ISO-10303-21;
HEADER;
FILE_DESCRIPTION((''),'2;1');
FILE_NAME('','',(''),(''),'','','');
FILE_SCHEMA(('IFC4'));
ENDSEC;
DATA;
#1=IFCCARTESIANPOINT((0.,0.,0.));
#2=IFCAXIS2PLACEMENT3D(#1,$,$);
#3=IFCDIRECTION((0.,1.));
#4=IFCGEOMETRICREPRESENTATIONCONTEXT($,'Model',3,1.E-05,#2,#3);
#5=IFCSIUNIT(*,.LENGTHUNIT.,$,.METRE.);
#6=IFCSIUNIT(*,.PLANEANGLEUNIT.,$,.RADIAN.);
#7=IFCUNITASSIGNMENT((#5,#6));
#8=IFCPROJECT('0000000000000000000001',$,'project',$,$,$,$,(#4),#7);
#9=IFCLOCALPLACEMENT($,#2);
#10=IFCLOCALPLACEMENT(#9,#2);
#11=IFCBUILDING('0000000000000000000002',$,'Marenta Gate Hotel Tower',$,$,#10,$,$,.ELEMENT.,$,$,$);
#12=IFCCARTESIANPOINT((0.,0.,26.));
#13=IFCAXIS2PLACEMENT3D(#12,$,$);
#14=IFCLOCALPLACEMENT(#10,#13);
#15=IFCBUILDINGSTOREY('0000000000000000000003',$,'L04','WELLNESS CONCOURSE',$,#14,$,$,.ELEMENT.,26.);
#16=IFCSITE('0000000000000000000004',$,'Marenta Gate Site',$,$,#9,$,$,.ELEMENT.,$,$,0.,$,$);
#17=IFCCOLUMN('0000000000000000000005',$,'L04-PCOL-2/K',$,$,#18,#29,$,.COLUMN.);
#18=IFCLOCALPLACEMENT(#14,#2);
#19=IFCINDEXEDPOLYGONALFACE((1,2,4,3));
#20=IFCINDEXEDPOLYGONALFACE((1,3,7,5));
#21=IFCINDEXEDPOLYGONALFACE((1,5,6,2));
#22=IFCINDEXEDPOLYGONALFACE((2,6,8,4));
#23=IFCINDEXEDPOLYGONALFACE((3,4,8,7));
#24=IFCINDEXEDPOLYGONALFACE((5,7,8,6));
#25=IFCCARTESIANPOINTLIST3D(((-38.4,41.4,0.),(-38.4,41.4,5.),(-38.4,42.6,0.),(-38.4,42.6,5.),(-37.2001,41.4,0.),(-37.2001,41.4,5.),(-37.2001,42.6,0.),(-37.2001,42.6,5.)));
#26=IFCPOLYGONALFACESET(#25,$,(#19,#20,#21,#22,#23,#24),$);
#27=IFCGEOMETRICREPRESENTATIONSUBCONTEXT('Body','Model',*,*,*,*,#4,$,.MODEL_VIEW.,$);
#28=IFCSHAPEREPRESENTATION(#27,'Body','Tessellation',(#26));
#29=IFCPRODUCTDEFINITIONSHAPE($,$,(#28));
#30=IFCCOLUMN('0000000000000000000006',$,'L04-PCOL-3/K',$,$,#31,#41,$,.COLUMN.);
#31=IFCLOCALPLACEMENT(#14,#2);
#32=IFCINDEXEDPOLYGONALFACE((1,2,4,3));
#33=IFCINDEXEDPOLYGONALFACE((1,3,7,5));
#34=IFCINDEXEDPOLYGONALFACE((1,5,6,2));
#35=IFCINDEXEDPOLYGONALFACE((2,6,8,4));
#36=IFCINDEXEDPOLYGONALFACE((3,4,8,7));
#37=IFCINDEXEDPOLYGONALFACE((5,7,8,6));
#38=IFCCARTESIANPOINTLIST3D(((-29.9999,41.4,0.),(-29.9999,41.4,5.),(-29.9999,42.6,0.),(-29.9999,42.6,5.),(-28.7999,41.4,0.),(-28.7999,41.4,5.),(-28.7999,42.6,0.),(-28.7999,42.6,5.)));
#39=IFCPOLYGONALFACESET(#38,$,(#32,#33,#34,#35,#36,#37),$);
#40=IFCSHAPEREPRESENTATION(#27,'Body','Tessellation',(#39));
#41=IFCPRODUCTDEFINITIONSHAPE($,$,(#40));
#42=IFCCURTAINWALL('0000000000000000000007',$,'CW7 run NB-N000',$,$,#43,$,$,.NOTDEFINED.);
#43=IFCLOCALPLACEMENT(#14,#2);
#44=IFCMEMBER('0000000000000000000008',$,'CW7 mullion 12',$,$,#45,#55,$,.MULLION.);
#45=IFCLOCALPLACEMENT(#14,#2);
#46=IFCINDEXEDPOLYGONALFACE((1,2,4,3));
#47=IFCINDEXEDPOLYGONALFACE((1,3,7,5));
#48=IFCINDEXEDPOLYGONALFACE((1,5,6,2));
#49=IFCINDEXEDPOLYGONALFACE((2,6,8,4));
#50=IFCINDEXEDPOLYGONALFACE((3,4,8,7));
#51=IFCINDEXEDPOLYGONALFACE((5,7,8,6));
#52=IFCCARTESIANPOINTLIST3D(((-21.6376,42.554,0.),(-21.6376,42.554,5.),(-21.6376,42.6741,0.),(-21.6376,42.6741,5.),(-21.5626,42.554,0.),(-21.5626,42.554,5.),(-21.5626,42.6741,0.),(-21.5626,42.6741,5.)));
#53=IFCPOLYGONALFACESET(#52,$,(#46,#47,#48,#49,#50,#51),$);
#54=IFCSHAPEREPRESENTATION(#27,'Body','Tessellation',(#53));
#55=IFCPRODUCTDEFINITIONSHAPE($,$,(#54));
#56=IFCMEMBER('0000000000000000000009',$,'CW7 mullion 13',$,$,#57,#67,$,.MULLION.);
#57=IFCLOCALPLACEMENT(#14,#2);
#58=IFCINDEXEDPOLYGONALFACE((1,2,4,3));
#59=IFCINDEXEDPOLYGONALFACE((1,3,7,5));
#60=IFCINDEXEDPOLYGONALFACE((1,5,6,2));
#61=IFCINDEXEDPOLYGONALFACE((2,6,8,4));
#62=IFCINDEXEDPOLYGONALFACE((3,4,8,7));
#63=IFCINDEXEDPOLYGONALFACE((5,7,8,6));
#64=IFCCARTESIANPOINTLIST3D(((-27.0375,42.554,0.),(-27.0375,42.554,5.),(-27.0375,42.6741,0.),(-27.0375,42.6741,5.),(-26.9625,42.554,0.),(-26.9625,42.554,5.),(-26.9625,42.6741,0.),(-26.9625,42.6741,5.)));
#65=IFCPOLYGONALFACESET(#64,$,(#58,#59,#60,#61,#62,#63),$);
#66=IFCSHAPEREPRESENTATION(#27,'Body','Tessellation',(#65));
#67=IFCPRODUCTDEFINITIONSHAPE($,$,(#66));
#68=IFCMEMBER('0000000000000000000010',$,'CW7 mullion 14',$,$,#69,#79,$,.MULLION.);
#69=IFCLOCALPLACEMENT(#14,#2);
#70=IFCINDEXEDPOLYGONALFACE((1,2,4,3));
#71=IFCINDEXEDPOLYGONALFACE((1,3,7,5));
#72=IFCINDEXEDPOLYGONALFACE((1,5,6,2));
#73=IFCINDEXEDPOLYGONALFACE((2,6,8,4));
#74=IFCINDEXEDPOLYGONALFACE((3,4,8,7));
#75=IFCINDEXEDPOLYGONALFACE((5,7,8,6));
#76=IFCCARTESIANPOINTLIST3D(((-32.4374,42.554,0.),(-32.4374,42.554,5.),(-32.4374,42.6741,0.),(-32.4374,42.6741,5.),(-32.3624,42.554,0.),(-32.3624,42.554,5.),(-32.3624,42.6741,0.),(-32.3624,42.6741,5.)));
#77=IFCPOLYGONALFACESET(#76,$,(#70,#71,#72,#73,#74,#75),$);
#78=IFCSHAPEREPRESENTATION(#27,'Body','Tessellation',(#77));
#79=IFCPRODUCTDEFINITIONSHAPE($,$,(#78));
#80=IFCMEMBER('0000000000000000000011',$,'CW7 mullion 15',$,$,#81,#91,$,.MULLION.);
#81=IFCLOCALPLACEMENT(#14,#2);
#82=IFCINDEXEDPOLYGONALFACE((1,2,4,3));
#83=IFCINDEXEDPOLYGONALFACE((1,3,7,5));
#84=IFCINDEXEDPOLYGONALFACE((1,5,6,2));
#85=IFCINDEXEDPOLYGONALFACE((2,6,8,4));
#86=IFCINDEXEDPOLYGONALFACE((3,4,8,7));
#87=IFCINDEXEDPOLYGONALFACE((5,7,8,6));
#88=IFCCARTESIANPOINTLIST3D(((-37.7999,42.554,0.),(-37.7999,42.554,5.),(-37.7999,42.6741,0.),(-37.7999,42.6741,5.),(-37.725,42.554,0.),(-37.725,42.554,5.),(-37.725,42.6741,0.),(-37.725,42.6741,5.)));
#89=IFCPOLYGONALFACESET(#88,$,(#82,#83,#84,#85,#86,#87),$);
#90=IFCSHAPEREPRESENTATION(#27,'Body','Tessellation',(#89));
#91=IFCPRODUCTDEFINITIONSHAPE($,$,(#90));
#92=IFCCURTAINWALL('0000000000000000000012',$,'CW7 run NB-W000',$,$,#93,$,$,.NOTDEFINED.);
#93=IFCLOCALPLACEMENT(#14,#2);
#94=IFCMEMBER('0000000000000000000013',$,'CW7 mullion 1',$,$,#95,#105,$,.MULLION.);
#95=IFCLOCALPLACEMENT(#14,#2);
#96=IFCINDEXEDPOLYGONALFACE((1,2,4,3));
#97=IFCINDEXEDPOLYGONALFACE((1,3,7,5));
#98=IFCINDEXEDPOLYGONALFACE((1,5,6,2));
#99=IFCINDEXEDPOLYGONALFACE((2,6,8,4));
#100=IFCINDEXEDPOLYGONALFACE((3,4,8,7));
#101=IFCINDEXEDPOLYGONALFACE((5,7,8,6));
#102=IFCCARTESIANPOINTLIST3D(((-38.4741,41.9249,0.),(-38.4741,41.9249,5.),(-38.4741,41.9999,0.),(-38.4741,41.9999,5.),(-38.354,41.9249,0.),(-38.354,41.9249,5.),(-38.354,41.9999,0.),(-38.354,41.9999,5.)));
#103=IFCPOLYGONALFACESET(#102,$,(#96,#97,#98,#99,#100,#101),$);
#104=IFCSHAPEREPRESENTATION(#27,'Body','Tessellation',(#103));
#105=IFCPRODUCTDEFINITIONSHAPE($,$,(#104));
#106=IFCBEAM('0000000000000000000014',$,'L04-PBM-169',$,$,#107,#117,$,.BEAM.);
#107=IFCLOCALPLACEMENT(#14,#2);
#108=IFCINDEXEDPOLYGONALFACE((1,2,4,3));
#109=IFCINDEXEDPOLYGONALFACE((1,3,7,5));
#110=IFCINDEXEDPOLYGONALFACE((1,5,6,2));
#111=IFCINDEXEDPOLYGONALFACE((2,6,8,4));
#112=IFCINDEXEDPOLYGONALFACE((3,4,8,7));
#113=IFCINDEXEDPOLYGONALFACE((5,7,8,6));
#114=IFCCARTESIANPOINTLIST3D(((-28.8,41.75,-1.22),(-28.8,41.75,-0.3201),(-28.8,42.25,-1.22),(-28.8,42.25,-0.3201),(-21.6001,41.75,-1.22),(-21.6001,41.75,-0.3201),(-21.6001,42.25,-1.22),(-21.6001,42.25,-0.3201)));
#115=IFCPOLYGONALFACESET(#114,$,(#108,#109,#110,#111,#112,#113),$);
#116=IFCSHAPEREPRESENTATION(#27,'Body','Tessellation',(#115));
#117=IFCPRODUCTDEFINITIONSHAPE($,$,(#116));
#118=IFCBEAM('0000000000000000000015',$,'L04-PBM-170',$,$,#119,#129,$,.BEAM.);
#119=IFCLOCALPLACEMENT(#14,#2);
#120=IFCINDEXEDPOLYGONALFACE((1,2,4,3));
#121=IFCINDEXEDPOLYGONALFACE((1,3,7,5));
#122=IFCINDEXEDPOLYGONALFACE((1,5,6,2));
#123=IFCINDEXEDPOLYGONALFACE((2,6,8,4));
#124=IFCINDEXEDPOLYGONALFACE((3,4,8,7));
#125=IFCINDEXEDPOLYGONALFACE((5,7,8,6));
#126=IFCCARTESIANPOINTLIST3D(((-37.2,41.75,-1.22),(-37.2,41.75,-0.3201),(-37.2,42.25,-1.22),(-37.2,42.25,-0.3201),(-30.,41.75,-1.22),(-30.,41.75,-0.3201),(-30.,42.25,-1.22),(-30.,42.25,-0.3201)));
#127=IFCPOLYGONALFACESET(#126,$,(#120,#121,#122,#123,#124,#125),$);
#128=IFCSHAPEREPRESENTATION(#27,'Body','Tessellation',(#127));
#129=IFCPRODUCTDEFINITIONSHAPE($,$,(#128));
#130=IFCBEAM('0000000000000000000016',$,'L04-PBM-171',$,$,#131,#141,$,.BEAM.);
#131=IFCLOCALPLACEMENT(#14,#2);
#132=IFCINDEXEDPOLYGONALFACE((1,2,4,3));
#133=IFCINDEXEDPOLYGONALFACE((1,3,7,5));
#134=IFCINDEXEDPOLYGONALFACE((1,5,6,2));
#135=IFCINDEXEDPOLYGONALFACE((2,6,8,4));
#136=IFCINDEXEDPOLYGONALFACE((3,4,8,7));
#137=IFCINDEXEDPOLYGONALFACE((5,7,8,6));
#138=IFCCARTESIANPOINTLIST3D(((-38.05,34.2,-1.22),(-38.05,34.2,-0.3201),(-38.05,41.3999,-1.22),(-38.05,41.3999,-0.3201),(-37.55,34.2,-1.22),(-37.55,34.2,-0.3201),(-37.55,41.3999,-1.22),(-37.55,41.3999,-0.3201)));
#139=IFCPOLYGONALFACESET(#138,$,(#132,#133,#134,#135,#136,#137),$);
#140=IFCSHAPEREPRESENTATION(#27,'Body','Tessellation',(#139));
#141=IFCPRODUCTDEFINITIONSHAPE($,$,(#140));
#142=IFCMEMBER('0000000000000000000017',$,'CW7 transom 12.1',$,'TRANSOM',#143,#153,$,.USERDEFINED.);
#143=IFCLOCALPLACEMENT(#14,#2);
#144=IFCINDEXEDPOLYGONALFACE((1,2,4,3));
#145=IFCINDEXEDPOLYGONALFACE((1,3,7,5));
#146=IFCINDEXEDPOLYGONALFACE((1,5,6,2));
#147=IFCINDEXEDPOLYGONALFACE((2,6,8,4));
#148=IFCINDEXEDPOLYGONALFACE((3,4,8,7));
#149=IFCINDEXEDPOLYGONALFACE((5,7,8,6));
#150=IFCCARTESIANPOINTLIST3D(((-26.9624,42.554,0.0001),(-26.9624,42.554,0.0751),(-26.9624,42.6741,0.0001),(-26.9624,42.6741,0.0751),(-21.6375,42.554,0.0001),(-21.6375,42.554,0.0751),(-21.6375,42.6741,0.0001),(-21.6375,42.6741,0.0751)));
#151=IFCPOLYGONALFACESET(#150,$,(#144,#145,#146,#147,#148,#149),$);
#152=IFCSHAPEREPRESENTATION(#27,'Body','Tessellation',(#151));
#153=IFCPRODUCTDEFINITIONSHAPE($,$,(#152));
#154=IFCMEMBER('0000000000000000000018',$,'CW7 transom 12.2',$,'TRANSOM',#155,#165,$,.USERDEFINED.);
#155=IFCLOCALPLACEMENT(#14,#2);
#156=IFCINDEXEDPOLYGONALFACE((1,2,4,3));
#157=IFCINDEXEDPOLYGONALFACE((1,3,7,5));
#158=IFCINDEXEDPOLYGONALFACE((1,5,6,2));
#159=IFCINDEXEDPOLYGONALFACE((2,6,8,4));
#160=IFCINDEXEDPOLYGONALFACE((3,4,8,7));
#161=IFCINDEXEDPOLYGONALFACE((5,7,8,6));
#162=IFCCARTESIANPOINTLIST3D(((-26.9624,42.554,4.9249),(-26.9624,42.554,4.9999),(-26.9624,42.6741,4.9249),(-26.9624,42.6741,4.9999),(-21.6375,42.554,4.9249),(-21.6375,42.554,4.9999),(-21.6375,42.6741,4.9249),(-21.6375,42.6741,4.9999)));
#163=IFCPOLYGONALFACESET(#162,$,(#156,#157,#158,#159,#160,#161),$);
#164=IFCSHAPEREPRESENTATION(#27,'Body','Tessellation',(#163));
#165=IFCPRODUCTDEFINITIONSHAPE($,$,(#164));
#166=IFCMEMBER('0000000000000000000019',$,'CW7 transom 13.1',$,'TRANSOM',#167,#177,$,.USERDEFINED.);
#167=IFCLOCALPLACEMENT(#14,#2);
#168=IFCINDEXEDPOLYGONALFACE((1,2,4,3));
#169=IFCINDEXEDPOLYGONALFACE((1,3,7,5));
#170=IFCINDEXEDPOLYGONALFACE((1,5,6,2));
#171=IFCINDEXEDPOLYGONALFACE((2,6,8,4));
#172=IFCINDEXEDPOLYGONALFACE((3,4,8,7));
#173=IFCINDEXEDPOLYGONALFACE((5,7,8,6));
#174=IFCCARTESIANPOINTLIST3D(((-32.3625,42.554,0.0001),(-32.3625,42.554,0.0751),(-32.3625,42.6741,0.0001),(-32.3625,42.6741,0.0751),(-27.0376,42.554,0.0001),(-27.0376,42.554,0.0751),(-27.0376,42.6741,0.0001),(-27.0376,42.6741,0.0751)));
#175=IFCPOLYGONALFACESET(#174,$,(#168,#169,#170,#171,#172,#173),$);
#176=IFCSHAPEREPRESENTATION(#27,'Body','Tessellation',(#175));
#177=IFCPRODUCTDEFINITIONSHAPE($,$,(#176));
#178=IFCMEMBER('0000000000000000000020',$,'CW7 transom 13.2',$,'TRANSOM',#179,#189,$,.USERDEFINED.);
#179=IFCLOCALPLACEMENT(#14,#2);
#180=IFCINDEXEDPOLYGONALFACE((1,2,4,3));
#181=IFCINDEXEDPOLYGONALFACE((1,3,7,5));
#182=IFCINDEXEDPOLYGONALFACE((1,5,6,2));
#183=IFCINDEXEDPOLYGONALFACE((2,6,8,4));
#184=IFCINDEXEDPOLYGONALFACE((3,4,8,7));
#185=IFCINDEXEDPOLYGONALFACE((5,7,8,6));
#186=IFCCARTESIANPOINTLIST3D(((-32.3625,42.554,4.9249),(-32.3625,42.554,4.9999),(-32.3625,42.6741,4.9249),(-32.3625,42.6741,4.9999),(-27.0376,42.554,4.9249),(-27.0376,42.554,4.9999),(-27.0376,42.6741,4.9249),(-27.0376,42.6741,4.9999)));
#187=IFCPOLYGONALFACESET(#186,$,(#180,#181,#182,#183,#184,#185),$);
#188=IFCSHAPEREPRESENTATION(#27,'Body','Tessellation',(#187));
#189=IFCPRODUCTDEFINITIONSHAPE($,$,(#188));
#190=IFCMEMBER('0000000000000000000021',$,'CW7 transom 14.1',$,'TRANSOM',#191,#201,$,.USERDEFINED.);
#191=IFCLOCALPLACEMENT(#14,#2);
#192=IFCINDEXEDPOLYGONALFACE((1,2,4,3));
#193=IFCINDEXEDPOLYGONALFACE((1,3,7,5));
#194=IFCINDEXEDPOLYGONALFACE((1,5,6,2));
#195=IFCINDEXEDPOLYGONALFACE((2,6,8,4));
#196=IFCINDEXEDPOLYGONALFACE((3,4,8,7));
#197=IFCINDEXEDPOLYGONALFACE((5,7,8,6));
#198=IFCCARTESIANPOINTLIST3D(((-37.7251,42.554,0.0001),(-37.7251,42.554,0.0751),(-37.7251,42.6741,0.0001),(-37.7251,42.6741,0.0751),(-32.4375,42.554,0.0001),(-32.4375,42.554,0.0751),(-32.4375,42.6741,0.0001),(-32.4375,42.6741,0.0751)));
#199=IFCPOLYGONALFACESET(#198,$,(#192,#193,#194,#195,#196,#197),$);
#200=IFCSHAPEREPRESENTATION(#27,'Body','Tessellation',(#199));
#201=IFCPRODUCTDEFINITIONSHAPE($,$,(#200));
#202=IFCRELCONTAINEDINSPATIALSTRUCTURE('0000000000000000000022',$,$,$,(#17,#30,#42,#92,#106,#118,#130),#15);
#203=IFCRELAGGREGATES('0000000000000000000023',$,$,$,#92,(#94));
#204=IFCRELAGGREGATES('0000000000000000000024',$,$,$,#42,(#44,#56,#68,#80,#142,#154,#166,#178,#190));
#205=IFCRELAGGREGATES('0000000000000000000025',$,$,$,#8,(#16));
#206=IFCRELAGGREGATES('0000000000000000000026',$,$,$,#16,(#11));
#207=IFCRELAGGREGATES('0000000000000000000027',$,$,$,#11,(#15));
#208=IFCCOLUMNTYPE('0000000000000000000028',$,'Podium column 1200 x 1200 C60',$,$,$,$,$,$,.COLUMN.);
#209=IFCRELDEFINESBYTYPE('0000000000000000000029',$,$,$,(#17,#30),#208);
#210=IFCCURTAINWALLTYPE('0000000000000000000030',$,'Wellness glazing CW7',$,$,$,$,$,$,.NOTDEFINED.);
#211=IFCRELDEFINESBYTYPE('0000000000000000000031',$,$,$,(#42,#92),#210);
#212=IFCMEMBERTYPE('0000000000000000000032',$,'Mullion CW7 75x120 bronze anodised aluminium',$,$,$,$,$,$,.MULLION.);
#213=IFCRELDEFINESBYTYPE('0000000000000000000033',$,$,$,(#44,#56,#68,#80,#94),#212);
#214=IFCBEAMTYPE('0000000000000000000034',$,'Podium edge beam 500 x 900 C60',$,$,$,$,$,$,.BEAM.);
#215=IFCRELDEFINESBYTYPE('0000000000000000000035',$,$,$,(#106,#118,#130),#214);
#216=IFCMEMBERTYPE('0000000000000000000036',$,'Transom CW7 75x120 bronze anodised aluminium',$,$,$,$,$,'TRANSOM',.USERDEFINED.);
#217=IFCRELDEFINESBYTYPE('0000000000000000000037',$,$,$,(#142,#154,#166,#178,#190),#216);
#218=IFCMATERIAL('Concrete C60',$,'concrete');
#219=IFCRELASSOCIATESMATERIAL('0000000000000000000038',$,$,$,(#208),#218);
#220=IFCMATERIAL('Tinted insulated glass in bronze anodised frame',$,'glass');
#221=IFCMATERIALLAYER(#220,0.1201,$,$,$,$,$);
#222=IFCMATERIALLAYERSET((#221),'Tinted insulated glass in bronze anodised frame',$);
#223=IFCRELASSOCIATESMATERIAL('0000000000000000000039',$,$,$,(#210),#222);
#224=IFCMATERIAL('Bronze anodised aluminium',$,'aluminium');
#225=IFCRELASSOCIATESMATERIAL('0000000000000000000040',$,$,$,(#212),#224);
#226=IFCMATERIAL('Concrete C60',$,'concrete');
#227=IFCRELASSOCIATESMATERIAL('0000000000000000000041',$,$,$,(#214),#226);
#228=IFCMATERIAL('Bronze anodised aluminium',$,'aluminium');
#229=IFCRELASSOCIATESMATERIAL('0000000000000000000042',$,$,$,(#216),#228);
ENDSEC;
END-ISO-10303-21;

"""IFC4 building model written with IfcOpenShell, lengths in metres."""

from ifc_helpers import new_model, si_unit, direction, frame, origin, origin_2d, place, context, subcontext, project, spatial, rectangle, extrude, material, layer, layer_set, material_profile, profile_set, type_object, element, aggregate, save


model = new_model("IFC4")

# Units and contexts
model_context = context("Model", 3, precision=1e-05, world=origin(), true_north=direction((0.0, 1.0)))
body_context = subcontext(model_context, "Body", "Model", "MODEL_VIEW")
ifc_project = project(units=[si_unit("LENGTHUNIT", "METRE"), si_unit("PLANEANGLEUNIT", "RADIAN")], contexts=[model_context])

# Site, building, storey
site_placement = place(None, origin())
site = spatial("IfcSite", under=ifc_project, at=site_placement, Name="Marenta Gate Site", CompositionType="ELEMENT", RefElevation=0.0)
building_placement = place(site_placement, origin())
building = spatial("IfcBuilding", under=site, at=building_placement, Name="Marenta Gate Hotel Tower", CompositionType="ELEMENT")
storey_placement = place(building_placement, frame((0.0, 0.0, 26.0)))
storey = spatial("IfcBuildingStorey", under=building, at=storey_placement, Name="L04", Description="WELLNESS CONCOURSE", CompositionType="ELEMENT", Elevation=26.0)

# Columns
ifc_material_1 = material(Name="Concrete C60", Category="concrete")
ifc_material_profile_1 = material_profile(ifc_material_1, rectangle(XDim=1.2, YDim=1.2, at=origin_2d()), Name="1200 x 1200")
ifc_profile_set_1 = profile_set([ifc_material_profile_1], Name="Concrete C60")
column_type = type_object("IfcColumnType", Name="Podium column 1200 x 1200 C60", PredefinedType="COLUMN", material=ifc_profile_set_1)
for number, where, z_axis, x_axis, name in (
    (1, (-37.8, 42.0, 0.0), (0.0, 0.0, 1.0), (1.0, 0.0, 0.0), "L04-PCOL-2/K"),
    (2, (-29.3999, 42.0, 0.0), (0.0, 0.0, 1.0), (1.0, 0.0, 0.0), "L04-PCOL-3/K"),
):
    element("IfcColumn", number, at=place(storey_placement, frame(where, z_axis=z_axis, x_axis=x_axis)), inside=storey, type_object=column_type, Name=name, PredefinedType="COLUMN", context=body_context, shape_type="SweptSolid", body=[
        extrude(rectangle(XDim=1.2, YDim=1.2, at=origin_2d()), origin(), (0.0, 0.0, 1.0), 5.0),
    ])

# Curtain wall, members
ifc_material_2 = material(Name="Tinted insulated glass in bronze anodised frame", Category="glass")
ifc_layer_1 = layer(ifc_material_2, 0.1201)
ifc_layer_set_1 = layer_set([ifc_layer_1], Name="Tinted insulated glass in bronze anodised frame")
curtain_wall_type = type_object("IfcCurtainWallType", Name="Wellness glazing CW7", PredefinedType="NOTDEFINED", material=ifc_layer_set_1)
curtain_wall_1_placement = place(storey_placement, origin())
curtain_wall_1 = element("IfcCurtainWall", 3, at=curtain_wall_1_placement, inside=storey, type_object=curtain_wall_type, Name="CW7 run NB-N000", PredefinedType="NOTDEFINED")
ifc_material_3 = material(Name="Bronze anodised aluminium", Category="aluminium")
ifc_material_profile_2 = material_profile(ifc_material_3, rectangle(XDim=0.1201, YDim=0.075, at=origin_2d()), Name="Mullion CW7 75x120 bronze anodised aluminium")
ifc_profile_set_2 = profile_set([ifc_material_profile_2], Name="Bronze anodised aluminium")
member_type_1 = type_object("IfcMemberType", Name="Mullion CW7 75x120 bronze anodised aluminium", PredefinedType="MULLION", material=ifc_profile_set_2)
member_1_placement = place(storey_placement, frame((-21.6001, 42.614, 0.0), z_axis=(0.0, 0.0, 1.0), x_axis=(0.0, -1.0, 0.0)))
member_1 = element("IfcMember", 4, at=member_1_placement, type_object=member_type_1, Name="CW7 mullion 12", PredefinedType="MULLION", context=body_context, shape_type="SweptSolid", body=[
    extrude(rectangle(XDim=0.1201, YDim=0.075, at=origin_2d()), origin(), (0.0, 0.0, 1.0), 5.0),
])
member_2_placement = place(storey_placement, frame((-27.0, 42.614, 0.0), z_axis=(0.0, 0.0, 1.0), x_axis=(0.0, -1.0, 0.0)))
member_2 = element("IfcMember", 5, at=member_2_placement, type_object=member_type_1, Name="CW7 mullion 13", PredefinedType="MULLION", context=body_context, shape_type="SweptSolid", body=[
    extrude(rectangle(XDim=0.1201, YDim=0.075, at=origin_2d()), origin(), (0.0, 0.0, 1.0), 5.0),
])
member_3_placement = place(storey_placement, frame((-32.3999, 42.614, 0.0), z_axis=(0.0, 0.0, 1.0), x_axis=(0.0, -1.0, 0.0)))
member_3 = element("IfcMember", 6, at=member_3_placement, type_object=member_type_1, Name="CW7 mullion 14", PredefinedType="MULLION", context=body_context, shape_type="SweptSolid", body=[
    extrude(rectangle(XDim=0.1201, YDim=0.075, at=origin_2d()), origin(), (0.0, 0.0, 1.0), 5.0),
])
member_4_placement = place(storey_placement, frame((-37.7625, 42.614, 0.0), z_axis=(0.0, 0.0, 1.0), x_axis=(0.0, -1.0, 0.0)))
member_4 = element("IfcMember", 7, at=member_4_placement, type_object=member_type_1, Name="CW7 mullion 15", PredefinedType="MULLION", context=body_context, shape_type="SweptSolid", body=[
    extrude(rectangle(XDim=0.1201, YDim=0.075, at=origin_2d()), origin(), (0.0, 0.0, 1.0), 5.0),
])

# Curtain wall, member
curtain_wall_2_placement = place(storey_placement, origin())
curtain_wall_2 = element("IfcCurtainWall", 8, at=curtain_wall_2_placement, inside=storey, type_object=curtain_wall_type, Name="CW7 run NB-W000", PredefinedType="NOTDEFINED")
member_5_placement = place(storey_placement, frame((-38.4141, 41.9624, 0.0), z_axis=(0.0, 0.0, 1.0), x_axis=(1.0, 0.0, 0.0)))
member_5 = element("IfcMember", 9, at=member_5_placement, type_object=member_type_1, Name="CW7 mullion 1", PredefinedType="MULLION", context=body_context, shape_type="SweptSolid", body=[
    extrude(rectangle(XDim=0.1201, YDim=0.075, at=origin_2d()), origin(), (0.0, 0.0, 1.0), 5.0),
])

# Beams
ifc_material_4 = material(Name="Concrete C60", Category="concrete")
ifc_material_profile_3 = material_profile(ifc_material_4, rectangle(XDim=0.5, YDim=0.8999, at=origin_2d()), Name="500 x 900")
ifc_profile_set_3 = profile_set([ifc_material_profile_3], Name="Concrete C60")
beam_type = type_object("IfcBeamType", Name="Podium edge beam 500 x 900 C60", PredefinedType="BEAM", material=ifc_profile_set_3)
for number, where, z_axis, x_axis, name in (
    (10, (-21.6001, 42.0, -0.77), (-1.0, 0.0, 0.0), (0.0, -1.0, 0.0), "L04-PBM-169"),
    (11, (-30.0, 42.0, -0.77), (-1.0, 0.0, 0.0), (0.0, -1.0, 0.0), "L04-PBM-170"),
    (12, (-37.8, 41.3999, -0.77), (0.0, -1.0, 0.0), (1.0, 0.0, 0.0), "L04-PBM-171"),
):
    element("IfcBeam", number, at=place(storey_placement, frame(where, z_axis=z_axis, x_axis=x_axis)), inside=storey, type_object=beam_type, Name=name, PredefinedType="BEAM", context=body_context, shape_type="SweptSolid", body=[
        extrude(rectangle(XDim=0.5, YDim=0.8999, at=origin_2d()), origin(), (0.0, 0.0, 1.0), 7.2),
    ])

# Members
ifc_material_5 = material(Name="Bronze anodised aluminium", Category="aluminium")
ifc_material_profile_4 = material_profile(ifc_material_5, rectangle(XDim=0.1201, YDim=0.075, at=origin_2d()), Name="Transom CW7 75x120 bronze anodised aluminium")
ifc_profile_set_4 = profile_set([ifc_material_profile_4], Name="Bronze anodised aluminium")
member_type_2 = type_object("IfcMemberType", Name="Transom CW7 75x120 bronze anodised aluminium", ElementType="TRANSOM", PredefinedType="USERDEFINED", material=ifc_profile_set_4)
member_6_placement = place(storey_placement, frame((-21.6375, 42.614, 0.0376), z_axis=(-1.0, 0.0, 0.0), x_axis=(0.0, -1.0, 0.0)))
member_6 = element("IfcMember", 13, at=member_6_placement, type_object=member_type_2, Name="CW7 transom 12.1", ObjectType="TRANSOM", PredefinedType="USERDEFINED", context=body_context, shape_type="SweptSolid", body=[
    extrude(rectangle(XDim=0.1201, YDim=0.075, at=origin_2d()), origin(), (0.0, 0.0, 1.0), 5.325),
])
member_7_placement = place(storey_placement, frame((-21.6375, 42.614, 4.9624), z_axis=(-1.0, 0.0, 0.0), x_axis=(0.0, -1.0, 0.0)))
member_7 = element("IfcMember", 14, at=member_7_placement, type_object=member_type_2, Name="CW7 transom 12.2", ObjectType="TRANSOM", PredefinedType="USERDEFINED", context=body_context, shape_type="SweptSolid", body=[
    extrude(rectangle(XDim=0.1201, YDim=0.075, at=origin_2d()), origin(), (0.0, 0.0, 1.0), 5.325),
])
member_8_placement = place(storey_placement, frame((-27.0376, 42.614, 0.0376), z_axis=(-1.0, 0.0, 0.0), x_axis=(0.0, -1.0, 0.0)))
member_8 = element("IfcMember", 15, at=member_8_placement, type_object=member_type_2, Name="CW7 transom 13.1", ObjectType="TRANSOM", PredefinedType="USERDEFINED", context=body_context, shape_type="SweptSolid", body=[
    extrude(rectangle(XDim=0.1201, YDim=0.075, at=origin_2d()), origin(), (0.0, 0.0, 1.0), 5.325),
])
member_9_placement = place(storey_placement, frame((-27.0376, 42.614, 4.9624), z_axis=(-1.0, 0.0, 0.0), x_axis=(0.0, -1.0, 0.0)))
member_9 = element("IfcMember", 16, at=member_9_placement, type_object=member_type_2, Name="CW7 transom 13.2", ObjectType="TRANSOM", PredefinedType="USERDEFINED", context=body_context, shape_type="SweptSolid", body=[
    extrude(rectangle(XDim=0.1201, YDim=0.075, at=origin_2d()), origin(), (0.0, 0.0, 1.0), 5.325),
])
member_10_placement = place(storey_placement, frame((-32.4375, 42.614, 0.0376), z_axis=(-1.0, 0.0, 0.0), x_axis=(0.0, -1.0, 0.0)))
member_10 = element("IfcMember", 17, at=member_10_placement, type_object=member_type_2, Name="CW7 transom 14.1", ObjectType="TRANSOM", PredefinedType="USERDEFINED", context=body_context, shape_type="SweptSolid", body=[
    extrude(rectangle(XDim=0.1201, YDim=0.075, at=origin_2d()), origin(), (0.0, 0.0, 1.0), 5.2876),
])
aggregate(curtain_wall_2, [member_5])

aggregate(curtain_wall_1, [member_1, member_2, member_3, member_4, member_6, member_7, member_8, member_9, member_10])

save(model, "model.ifc")
